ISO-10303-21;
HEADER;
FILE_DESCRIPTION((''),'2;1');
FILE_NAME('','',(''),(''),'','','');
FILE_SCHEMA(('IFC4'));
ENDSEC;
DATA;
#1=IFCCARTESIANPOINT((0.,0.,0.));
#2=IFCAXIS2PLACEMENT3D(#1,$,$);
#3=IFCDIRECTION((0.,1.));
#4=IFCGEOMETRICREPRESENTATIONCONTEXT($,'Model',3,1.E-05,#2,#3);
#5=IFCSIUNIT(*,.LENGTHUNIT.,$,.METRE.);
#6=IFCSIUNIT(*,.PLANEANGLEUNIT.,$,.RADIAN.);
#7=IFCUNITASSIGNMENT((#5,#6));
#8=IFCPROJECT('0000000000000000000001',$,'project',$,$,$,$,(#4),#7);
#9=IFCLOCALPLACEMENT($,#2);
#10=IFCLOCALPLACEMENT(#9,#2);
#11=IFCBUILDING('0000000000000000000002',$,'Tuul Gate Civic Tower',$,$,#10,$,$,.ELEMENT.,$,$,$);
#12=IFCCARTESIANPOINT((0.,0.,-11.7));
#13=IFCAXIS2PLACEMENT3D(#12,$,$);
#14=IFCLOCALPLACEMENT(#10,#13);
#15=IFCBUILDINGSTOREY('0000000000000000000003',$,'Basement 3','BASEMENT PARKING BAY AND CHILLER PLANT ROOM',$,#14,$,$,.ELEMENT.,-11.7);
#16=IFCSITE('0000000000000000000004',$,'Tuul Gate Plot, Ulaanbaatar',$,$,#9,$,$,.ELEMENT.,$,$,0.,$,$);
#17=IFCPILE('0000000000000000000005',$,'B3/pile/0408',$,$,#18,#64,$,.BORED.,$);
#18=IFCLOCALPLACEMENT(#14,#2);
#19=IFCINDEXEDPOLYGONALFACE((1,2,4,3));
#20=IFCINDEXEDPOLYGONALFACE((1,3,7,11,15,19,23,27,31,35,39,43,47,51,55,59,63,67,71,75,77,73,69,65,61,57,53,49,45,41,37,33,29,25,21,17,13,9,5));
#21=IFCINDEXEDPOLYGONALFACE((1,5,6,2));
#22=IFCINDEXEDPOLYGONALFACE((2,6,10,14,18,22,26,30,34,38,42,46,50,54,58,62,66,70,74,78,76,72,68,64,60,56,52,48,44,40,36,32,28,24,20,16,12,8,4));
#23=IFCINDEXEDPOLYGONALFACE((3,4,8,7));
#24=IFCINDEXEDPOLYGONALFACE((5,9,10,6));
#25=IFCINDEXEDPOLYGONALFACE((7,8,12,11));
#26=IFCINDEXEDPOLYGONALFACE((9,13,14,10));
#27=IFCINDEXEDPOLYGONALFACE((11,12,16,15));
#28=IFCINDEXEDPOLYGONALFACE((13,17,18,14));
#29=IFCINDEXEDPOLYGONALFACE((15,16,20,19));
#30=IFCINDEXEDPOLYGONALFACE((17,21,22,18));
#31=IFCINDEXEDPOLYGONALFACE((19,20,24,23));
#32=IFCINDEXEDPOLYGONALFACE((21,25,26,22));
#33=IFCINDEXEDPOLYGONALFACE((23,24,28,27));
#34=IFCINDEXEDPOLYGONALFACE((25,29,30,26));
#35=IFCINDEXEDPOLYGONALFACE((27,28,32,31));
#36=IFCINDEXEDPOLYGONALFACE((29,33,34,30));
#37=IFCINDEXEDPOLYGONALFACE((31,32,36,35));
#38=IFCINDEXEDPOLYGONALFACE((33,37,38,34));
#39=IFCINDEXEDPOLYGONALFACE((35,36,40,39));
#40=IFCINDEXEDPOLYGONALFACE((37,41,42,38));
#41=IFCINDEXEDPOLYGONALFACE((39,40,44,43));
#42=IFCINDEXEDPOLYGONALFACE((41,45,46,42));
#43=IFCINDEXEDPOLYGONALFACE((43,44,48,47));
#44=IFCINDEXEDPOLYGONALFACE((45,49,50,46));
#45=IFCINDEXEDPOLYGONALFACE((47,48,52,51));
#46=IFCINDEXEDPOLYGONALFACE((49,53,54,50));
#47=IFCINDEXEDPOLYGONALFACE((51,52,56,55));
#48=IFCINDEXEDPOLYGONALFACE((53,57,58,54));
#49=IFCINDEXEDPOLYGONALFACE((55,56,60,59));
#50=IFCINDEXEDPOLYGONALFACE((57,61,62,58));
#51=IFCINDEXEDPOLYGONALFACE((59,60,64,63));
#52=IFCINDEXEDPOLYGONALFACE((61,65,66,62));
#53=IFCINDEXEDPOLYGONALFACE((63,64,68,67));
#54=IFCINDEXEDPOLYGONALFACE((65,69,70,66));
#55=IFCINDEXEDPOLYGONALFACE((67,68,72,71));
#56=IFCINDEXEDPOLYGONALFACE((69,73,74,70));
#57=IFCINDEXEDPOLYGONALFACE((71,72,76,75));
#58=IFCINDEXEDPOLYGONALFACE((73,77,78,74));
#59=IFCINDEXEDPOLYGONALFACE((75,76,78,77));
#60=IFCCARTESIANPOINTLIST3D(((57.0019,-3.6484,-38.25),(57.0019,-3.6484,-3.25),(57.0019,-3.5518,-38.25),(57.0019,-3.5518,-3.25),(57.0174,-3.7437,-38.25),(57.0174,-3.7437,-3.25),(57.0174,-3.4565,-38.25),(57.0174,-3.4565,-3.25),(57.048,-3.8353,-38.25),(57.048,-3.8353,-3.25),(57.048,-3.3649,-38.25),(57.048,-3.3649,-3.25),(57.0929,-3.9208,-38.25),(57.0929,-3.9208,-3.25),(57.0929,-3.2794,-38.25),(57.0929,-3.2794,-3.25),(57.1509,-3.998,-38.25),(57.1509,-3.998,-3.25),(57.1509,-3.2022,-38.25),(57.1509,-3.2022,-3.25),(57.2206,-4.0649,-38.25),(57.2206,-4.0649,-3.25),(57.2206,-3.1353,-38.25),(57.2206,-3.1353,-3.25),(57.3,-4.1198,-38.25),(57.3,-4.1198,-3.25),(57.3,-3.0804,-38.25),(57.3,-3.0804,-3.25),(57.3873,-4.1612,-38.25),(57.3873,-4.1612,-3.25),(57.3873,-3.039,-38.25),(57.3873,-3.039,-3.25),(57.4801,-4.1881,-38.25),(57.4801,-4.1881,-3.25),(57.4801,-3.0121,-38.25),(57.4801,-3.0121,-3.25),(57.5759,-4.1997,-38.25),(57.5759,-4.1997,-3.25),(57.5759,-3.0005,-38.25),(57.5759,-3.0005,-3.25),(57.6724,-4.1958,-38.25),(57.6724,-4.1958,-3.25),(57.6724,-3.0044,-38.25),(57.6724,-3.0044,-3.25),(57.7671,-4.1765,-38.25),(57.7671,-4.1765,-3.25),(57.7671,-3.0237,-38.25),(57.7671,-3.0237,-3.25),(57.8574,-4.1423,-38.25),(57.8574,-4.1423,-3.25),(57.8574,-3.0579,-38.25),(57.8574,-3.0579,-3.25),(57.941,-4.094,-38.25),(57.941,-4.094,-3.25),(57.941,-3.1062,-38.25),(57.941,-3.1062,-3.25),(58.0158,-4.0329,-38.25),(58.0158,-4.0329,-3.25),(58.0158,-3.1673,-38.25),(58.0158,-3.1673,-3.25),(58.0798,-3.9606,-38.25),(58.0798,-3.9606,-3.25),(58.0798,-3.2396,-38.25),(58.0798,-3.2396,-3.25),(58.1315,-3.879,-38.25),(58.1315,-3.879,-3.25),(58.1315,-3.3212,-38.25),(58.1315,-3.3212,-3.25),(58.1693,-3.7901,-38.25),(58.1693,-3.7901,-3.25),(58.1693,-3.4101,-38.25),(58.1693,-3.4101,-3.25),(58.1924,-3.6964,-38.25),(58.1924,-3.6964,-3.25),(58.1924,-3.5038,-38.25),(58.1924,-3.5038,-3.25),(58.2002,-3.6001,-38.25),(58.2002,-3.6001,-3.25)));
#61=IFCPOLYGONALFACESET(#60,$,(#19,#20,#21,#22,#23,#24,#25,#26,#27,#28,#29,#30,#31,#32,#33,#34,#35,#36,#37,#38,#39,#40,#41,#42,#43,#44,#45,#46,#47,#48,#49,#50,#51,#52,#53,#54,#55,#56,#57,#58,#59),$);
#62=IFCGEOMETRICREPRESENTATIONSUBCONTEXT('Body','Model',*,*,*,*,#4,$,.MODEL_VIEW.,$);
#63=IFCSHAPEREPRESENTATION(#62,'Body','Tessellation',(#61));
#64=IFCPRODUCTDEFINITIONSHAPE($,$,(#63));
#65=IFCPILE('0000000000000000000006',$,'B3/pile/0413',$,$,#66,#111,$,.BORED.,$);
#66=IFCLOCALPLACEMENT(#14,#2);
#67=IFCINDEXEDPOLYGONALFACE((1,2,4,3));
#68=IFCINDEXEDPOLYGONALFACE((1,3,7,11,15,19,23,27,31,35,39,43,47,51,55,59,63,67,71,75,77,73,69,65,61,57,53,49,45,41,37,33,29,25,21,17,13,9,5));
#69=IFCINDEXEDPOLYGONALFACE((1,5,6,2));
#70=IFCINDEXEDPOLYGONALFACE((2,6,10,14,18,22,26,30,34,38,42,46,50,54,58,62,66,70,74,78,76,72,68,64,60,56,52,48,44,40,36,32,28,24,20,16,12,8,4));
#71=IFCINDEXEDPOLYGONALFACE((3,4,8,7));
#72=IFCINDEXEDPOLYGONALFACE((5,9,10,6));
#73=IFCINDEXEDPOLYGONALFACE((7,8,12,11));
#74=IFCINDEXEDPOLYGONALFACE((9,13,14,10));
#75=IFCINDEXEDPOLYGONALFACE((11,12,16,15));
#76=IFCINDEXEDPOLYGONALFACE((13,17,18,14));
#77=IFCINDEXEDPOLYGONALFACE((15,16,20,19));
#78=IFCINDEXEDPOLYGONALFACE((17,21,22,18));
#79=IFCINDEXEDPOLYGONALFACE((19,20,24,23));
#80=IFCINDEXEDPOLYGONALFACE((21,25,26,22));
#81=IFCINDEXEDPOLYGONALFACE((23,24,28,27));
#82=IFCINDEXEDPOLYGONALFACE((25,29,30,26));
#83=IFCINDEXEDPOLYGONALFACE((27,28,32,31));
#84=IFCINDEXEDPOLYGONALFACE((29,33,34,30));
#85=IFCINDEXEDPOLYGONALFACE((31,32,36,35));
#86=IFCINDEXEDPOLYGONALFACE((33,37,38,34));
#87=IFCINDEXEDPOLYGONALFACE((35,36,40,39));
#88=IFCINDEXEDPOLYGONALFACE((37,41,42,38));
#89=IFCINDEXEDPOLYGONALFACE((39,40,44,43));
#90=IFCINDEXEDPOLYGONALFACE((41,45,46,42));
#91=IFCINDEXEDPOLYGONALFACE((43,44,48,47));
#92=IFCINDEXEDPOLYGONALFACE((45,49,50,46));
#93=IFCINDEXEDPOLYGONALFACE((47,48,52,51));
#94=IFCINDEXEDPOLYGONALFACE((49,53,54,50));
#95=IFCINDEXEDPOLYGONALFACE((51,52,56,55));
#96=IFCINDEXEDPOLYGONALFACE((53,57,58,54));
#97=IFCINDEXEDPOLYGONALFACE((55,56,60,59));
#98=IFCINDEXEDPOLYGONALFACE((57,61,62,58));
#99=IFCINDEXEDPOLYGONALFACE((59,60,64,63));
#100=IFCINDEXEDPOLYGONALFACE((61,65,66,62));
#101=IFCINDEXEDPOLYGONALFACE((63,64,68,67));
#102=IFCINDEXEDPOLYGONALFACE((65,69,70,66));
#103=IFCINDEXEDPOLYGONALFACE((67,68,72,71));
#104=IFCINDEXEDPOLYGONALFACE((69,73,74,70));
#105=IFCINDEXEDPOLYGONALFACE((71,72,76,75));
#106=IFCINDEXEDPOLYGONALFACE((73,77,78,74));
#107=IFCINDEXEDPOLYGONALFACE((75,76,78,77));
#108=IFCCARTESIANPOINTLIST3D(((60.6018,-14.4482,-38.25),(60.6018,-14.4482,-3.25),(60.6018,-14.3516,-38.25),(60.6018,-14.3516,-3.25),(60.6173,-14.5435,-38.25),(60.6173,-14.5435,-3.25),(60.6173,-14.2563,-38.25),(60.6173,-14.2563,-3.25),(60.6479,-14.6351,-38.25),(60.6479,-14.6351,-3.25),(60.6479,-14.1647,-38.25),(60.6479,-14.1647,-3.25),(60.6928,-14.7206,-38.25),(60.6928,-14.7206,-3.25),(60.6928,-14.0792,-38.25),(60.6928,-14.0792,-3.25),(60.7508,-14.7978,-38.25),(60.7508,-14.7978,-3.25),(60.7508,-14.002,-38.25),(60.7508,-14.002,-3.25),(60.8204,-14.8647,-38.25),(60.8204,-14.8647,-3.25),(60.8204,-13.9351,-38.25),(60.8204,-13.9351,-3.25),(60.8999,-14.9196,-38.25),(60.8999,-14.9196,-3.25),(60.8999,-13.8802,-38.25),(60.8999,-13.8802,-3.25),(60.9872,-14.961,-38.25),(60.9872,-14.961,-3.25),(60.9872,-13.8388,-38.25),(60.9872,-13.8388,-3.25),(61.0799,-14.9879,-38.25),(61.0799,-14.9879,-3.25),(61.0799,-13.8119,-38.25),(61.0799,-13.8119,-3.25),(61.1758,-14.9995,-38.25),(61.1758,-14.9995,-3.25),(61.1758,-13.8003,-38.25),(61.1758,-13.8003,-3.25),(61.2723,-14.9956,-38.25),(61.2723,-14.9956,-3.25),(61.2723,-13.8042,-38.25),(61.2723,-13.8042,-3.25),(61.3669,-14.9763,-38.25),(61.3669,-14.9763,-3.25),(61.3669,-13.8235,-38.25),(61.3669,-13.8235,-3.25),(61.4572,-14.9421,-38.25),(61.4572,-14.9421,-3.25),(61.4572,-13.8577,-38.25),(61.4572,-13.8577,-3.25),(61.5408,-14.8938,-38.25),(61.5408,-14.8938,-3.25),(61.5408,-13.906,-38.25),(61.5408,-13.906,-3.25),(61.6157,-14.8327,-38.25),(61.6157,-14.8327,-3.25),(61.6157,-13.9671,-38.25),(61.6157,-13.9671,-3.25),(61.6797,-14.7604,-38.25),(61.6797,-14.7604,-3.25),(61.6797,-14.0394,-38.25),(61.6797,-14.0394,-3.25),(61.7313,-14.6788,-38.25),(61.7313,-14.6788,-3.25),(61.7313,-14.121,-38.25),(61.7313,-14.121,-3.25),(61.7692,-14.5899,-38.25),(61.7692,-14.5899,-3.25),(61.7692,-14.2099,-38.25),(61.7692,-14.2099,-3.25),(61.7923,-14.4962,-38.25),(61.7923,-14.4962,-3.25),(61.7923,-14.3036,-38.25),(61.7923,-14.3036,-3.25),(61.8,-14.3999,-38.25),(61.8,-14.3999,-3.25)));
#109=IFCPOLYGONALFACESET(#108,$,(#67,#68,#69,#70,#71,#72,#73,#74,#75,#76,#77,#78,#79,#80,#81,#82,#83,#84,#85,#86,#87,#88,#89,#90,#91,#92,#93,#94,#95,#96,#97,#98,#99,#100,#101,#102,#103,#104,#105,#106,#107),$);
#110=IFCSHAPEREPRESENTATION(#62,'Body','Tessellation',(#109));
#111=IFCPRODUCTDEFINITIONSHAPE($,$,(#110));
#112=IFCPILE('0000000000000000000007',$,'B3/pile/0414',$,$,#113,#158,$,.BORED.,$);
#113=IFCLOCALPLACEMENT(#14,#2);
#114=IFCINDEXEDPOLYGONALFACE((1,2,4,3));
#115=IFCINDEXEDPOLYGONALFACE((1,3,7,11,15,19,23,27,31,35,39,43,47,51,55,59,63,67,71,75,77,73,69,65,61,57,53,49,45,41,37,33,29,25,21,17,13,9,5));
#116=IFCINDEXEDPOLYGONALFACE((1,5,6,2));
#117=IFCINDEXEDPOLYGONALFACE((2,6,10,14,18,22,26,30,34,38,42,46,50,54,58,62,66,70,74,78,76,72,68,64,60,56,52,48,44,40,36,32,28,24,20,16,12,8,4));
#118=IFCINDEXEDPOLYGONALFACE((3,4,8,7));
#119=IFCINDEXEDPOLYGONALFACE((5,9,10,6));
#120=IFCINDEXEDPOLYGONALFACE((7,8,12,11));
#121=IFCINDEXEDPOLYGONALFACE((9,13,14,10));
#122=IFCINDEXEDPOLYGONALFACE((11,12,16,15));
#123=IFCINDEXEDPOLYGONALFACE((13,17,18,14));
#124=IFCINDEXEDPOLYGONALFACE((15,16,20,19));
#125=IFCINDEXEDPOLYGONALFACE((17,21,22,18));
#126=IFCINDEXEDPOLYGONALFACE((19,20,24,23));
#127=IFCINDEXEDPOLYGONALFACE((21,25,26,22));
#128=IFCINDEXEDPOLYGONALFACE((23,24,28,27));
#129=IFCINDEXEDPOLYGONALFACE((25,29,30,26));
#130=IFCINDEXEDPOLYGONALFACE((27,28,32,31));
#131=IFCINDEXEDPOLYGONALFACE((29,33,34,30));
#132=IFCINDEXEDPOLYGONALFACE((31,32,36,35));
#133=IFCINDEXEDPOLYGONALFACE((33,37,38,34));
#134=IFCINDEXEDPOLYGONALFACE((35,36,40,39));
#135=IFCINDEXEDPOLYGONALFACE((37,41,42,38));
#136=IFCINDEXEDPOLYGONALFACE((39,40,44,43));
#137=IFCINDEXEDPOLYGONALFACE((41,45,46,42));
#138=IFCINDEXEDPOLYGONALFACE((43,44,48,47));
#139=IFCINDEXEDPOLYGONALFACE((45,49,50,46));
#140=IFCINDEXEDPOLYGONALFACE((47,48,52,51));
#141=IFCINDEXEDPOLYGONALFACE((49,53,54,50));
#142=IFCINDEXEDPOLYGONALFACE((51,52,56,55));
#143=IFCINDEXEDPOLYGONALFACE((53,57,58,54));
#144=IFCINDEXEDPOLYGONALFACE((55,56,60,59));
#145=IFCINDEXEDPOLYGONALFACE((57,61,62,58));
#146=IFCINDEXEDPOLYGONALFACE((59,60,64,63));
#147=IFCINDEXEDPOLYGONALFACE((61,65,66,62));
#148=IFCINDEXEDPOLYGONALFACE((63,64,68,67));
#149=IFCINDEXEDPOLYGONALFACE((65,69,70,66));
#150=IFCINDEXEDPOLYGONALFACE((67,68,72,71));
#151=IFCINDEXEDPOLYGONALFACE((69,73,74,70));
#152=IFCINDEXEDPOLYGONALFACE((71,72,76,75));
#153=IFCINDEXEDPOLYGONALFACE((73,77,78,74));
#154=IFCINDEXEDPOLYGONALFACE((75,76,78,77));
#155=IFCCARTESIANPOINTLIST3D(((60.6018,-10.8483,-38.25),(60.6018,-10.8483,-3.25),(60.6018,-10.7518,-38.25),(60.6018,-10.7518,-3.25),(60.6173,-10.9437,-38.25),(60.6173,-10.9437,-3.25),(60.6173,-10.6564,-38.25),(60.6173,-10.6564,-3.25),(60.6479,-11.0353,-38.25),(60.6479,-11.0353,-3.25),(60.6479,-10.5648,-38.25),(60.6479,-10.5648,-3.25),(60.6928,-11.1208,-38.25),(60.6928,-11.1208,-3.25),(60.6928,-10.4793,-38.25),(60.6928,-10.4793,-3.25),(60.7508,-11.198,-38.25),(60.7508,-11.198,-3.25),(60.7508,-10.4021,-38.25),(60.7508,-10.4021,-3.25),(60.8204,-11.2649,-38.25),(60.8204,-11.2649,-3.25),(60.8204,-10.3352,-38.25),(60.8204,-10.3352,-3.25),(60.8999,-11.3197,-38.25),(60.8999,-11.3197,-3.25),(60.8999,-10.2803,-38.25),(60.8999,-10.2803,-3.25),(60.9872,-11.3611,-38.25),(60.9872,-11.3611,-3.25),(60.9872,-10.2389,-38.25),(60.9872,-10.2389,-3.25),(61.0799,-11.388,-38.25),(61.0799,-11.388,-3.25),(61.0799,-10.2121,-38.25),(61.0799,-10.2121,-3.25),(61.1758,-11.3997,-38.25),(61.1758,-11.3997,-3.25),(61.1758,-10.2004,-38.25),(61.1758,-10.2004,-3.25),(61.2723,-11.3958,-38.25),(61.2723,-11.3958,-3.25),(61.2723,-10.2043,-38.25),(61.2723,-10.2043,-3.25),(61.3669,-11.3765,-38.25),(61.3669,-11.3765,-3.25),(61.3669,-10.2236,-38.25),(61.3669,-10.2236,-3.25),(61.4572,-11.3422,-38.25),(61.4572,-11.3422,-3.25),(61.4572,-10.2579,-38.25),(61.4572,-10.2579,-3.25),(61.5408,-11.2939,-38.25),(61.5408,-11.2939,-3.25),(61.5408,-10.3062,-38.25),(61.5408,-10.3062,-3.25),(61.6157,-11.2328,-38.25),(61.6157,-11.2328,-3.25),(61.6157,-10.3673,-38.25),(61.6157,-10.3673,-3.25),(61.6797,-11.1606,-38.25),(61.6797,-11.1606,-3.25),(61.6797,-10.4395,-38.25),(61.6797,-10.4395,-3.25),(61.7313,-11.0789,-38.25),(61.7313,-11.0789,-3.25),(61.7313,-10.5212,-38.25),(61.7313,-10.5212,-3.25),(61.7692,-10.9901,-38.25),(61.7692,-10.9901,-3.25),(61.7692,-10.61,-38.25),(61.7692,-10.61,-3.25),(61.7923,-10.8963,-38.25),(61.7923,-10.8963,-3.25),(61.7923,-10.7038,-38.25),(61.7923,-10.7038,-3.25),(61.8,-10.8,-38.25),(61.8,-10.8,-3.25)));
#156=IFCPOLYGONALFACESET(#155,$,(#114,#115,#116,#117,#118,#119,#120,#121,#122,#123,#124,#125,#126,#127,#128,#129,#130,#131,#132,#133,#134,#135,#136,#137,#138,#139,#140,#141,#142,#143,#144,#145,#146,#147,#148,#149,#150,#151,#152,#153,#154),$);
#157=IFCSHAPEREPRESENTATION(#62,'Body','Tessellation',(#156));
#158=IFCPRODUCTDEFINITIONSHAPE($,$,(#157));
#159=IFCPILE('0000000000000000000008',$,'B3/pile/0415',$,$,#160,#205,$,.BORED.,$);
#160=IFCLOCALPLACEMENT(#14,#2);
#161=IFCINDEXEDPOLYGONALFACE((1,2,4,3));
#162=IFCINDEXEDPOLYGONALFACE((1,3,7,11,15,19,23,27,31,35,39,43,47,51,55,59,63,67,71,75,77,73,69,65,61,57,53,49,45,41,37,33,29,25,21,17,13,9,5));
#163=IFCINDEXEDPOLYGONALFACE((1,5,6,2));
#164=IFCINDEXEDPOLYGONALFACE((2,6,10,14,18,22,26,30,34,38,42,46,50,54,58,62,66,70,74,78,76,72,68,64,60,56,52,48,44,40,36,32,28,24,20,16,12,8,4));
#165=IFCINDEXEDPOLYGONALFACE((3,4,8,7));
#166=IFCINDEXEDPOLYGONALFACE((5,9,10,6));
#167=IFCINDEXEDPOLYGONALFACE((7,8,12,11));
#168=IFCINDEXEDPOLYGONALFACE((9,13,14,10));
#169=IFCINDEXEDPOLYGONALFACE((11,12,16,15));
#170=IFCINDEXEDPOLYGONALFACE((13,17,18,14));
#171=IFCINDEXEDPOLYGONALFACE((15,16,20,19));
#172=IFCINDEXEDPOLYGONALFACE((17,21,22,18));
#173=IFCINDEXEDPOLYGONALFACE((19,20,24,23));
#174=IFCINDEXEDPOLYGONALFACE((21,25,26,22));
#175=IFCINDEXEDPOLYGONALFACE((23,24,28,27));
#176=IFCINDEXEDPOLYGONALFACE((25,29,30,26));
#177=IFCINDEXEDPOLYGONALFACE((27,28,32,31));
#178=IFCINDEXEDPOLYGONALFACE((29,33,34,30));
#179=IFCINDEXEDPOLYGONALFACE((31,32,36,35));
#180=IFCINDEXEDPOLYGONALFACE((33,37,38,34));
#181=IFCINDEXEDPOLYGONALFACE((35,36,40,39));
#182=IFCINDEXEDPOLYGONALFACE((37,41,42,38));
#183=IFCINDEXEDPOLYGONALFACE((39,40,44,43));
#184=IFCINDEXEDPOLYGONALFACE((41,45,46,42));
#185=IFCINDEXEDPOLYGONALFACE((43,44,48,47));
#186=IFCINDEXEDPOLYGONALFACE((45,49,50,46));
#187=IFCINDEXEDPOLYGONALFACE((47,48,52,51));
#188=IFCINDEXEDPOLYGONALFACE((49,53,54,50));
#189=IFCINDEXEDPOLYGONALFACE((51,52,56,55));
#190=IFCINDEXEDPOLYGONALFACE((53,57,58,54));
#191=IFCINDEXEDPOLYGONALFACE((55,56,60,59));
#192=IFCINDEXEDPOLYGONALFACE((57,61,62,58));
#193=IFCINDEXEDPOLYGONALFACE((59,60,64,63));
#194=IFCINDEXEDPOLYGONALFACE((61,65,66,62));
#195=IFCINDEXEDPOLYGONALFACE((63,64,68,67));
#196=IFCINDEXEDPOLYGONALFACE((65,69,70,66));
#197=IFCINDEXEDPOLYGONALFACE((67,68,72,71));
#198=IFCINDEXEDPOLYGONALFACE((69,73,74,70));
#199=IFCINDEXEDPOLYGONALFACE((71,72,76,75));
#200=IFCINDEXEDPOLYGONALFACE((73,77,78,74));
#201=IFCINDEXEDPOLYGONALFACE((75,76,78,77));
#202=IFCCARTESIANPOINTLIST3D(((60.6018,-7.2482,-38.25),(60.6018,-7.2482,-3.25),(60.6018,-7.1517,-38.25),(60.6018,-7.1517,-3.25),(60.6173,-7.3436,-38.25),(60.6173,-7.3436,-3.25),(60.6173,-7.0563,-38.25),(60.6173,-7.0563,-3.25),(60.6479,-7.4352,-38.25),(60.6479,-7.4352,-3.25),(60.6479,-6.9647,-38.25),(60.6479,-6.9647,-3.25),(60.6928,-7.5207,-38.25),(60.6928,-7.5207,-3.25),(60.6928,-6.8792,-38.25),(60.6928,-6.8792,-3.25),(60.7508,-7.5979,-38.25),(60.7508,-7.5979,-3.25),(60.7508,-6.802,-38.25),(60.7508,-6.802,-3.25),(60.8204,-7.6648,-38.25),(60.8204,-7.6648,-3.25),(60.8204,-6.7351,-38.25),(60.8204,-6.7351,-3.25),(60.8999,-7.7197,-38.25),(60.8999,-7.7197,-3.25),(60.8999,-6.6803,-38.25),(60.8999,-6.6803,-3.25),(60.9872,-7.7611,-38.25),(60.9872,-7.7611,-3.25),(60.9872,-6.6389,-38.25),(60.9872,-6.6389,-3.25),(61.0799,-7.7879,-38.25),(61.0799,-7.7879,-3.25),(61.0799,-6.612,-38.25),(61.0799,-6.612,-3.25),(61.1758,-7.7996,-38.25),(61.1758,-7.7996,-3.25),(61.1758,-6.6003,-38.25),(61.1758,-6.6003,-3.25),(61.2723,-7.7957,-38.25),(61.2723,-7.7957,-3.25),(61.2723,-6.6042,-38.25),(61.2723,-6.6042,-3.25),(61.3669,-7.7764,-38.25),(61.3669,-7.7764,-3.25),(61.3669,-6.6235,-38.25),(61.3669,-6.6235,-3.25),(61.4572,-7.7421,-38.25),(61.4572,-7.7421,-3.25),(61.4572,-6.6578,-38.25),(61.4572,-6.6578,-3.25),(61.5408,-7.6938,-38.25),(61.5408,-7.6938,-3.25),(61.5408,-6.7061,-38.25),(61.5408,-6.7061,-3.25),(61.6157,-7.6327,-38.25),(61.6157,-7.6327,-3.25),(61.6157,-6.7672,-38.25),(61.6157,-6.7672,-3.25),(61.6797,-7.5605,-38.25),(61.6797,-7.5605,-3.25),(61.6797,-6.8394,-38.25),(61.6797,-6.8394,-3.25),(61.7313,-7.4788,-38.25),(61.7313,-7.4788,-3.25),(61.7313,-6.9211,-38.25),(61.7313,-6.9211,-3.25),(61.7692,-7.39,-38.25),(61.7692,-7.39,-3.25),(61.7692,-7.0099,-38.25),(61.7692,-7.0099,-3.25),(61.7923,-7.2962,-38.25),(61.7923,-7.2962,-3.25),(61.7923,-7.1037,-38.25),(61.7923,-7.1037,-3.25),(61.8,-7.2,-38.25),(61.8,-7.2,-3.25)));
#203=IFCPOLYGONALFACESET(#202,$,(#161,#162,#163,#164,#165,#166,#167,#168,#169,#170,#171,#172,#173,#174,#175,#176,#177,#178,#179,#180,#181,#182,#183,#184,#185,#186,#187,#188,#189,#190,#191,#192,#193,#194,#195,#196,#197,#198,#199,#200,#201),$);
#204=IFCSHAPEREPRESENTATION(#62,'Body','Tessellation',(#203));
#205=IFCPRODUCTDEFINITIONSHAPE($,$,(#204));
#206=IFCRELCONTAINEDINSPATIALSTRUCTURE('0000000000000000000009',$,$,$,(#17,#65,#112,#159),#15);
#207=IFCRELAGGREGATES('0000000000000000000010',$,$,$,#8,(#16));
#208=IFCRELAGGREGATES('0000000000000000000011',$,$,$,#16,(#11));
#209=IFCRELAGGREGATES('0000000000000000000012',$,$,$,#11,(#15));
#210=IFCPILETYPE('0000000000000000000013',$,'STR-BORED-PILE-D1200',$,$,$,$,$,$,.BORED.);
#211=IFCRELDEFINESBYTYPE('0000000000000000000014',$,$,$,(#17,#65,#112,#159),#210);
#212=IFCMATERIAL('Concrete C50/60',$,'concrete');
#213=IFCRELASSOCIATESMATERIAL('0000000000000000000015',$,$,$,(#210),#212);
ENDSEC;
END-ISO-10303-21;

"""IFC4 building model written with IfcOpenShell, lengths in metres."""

from ifc_helpers import new_model, si_unit, direction, frame, origin, origin_2d, place, context, subcontext, project, spatial, circle, extrude, material, material_profile, profile_set, type_object, element, save


model = new_model("IFC4")

# Units and contexts
model_context = context("Model", 3, precision=1e-05, world=origin(), true_north=direction((0.0, 1.0)))
body_context = subcontext(model_context, "Body", "Model", "MODEL_VIEW")
ifc_project = project(units=[si_unit("LENGTHUNIT", "METRE"), si_unit("PLANEANGLEUNIT", "RADIAN")], contexts=[model_context])

# Site, building, storey
site_placement = place(None, origin())
site = spatial("IfcSite", under=ifc_project, at=site_placement, Name="Tuul Gate Plot, Ulaanbaatar", CompositionType="ELEMENT", RefElevation=0.0)
building_placement = place(site_placement, origin())
building = spatial("IfcBuilding", under=site, at=building_placement, Name="Tuul Gate Civic Tower", CompositionType="ELEMENT")
storey_placement = place(building_placement, frame((0.0, 0.0, -11.7)))
storey = spatial("IfcBuildingStorey", under=building, at=storey_placement, Name="Basement 3", Description="BASEMENT PARKING BAY AND CHILLER PLANT ROOM", CompositionType="ELEMENT", Elevation=-11.7)

# Piles
ifc_material_1 = material(Name="Concrete C50/60", Category="concrete")
ifc_material_profile_1 = material_profile(ifc_material_1, circle(Radius=0.6001, at=origin_2d()), Name="PILE1200")
ifc_profile_set_1 = profile_set([ifc_material_profile_1], Name="Concrete C50/60")
pile_type = type_object("IfcPileType", Name="STR-BORED-PILE-D1200", PredefinedType="BORED", material=ifc_profile_set_1)
for number, where, z_axis, x_axis, name in (
    (1, (57.6001, -3.6001, -3.25), (0.0, 0.0, -1.0), (1.0, 0.0, 0.0), "B3/pile/0408"),
    (2, (61.2, -14.3999, -3.25), (0.0, 0.0, -1.0), (1.0, 0.0, 0.0), "B3/pile/0413"),
    (3, (61.2, -10.8, -3.25), (0.0, 0.0, -1.0), (1.0, 0.0, 0.0), "B3/pile/0414"),
    (4, (61.2, -7.2, -3.25), (0.0, 0.0, -1.0), (1.0, 0.0, 0.0), "B3/pile/0415"),
):
    element("IfcPile", number, at=place(storey_placement, frame(where, z_axis=z_axis, x_axis=x_axis)), inside=storey, type_object=pile_type, Name=name, PredefinedType="BORED", context=body_context, shape_type="SweptSolid", body=[
        extrude(circle(Radius=0.6001, at=origin_2d()), origin(), (0.0, 0.0, 1.0), 35.0),
    ])

save(model, "model.ifc")
